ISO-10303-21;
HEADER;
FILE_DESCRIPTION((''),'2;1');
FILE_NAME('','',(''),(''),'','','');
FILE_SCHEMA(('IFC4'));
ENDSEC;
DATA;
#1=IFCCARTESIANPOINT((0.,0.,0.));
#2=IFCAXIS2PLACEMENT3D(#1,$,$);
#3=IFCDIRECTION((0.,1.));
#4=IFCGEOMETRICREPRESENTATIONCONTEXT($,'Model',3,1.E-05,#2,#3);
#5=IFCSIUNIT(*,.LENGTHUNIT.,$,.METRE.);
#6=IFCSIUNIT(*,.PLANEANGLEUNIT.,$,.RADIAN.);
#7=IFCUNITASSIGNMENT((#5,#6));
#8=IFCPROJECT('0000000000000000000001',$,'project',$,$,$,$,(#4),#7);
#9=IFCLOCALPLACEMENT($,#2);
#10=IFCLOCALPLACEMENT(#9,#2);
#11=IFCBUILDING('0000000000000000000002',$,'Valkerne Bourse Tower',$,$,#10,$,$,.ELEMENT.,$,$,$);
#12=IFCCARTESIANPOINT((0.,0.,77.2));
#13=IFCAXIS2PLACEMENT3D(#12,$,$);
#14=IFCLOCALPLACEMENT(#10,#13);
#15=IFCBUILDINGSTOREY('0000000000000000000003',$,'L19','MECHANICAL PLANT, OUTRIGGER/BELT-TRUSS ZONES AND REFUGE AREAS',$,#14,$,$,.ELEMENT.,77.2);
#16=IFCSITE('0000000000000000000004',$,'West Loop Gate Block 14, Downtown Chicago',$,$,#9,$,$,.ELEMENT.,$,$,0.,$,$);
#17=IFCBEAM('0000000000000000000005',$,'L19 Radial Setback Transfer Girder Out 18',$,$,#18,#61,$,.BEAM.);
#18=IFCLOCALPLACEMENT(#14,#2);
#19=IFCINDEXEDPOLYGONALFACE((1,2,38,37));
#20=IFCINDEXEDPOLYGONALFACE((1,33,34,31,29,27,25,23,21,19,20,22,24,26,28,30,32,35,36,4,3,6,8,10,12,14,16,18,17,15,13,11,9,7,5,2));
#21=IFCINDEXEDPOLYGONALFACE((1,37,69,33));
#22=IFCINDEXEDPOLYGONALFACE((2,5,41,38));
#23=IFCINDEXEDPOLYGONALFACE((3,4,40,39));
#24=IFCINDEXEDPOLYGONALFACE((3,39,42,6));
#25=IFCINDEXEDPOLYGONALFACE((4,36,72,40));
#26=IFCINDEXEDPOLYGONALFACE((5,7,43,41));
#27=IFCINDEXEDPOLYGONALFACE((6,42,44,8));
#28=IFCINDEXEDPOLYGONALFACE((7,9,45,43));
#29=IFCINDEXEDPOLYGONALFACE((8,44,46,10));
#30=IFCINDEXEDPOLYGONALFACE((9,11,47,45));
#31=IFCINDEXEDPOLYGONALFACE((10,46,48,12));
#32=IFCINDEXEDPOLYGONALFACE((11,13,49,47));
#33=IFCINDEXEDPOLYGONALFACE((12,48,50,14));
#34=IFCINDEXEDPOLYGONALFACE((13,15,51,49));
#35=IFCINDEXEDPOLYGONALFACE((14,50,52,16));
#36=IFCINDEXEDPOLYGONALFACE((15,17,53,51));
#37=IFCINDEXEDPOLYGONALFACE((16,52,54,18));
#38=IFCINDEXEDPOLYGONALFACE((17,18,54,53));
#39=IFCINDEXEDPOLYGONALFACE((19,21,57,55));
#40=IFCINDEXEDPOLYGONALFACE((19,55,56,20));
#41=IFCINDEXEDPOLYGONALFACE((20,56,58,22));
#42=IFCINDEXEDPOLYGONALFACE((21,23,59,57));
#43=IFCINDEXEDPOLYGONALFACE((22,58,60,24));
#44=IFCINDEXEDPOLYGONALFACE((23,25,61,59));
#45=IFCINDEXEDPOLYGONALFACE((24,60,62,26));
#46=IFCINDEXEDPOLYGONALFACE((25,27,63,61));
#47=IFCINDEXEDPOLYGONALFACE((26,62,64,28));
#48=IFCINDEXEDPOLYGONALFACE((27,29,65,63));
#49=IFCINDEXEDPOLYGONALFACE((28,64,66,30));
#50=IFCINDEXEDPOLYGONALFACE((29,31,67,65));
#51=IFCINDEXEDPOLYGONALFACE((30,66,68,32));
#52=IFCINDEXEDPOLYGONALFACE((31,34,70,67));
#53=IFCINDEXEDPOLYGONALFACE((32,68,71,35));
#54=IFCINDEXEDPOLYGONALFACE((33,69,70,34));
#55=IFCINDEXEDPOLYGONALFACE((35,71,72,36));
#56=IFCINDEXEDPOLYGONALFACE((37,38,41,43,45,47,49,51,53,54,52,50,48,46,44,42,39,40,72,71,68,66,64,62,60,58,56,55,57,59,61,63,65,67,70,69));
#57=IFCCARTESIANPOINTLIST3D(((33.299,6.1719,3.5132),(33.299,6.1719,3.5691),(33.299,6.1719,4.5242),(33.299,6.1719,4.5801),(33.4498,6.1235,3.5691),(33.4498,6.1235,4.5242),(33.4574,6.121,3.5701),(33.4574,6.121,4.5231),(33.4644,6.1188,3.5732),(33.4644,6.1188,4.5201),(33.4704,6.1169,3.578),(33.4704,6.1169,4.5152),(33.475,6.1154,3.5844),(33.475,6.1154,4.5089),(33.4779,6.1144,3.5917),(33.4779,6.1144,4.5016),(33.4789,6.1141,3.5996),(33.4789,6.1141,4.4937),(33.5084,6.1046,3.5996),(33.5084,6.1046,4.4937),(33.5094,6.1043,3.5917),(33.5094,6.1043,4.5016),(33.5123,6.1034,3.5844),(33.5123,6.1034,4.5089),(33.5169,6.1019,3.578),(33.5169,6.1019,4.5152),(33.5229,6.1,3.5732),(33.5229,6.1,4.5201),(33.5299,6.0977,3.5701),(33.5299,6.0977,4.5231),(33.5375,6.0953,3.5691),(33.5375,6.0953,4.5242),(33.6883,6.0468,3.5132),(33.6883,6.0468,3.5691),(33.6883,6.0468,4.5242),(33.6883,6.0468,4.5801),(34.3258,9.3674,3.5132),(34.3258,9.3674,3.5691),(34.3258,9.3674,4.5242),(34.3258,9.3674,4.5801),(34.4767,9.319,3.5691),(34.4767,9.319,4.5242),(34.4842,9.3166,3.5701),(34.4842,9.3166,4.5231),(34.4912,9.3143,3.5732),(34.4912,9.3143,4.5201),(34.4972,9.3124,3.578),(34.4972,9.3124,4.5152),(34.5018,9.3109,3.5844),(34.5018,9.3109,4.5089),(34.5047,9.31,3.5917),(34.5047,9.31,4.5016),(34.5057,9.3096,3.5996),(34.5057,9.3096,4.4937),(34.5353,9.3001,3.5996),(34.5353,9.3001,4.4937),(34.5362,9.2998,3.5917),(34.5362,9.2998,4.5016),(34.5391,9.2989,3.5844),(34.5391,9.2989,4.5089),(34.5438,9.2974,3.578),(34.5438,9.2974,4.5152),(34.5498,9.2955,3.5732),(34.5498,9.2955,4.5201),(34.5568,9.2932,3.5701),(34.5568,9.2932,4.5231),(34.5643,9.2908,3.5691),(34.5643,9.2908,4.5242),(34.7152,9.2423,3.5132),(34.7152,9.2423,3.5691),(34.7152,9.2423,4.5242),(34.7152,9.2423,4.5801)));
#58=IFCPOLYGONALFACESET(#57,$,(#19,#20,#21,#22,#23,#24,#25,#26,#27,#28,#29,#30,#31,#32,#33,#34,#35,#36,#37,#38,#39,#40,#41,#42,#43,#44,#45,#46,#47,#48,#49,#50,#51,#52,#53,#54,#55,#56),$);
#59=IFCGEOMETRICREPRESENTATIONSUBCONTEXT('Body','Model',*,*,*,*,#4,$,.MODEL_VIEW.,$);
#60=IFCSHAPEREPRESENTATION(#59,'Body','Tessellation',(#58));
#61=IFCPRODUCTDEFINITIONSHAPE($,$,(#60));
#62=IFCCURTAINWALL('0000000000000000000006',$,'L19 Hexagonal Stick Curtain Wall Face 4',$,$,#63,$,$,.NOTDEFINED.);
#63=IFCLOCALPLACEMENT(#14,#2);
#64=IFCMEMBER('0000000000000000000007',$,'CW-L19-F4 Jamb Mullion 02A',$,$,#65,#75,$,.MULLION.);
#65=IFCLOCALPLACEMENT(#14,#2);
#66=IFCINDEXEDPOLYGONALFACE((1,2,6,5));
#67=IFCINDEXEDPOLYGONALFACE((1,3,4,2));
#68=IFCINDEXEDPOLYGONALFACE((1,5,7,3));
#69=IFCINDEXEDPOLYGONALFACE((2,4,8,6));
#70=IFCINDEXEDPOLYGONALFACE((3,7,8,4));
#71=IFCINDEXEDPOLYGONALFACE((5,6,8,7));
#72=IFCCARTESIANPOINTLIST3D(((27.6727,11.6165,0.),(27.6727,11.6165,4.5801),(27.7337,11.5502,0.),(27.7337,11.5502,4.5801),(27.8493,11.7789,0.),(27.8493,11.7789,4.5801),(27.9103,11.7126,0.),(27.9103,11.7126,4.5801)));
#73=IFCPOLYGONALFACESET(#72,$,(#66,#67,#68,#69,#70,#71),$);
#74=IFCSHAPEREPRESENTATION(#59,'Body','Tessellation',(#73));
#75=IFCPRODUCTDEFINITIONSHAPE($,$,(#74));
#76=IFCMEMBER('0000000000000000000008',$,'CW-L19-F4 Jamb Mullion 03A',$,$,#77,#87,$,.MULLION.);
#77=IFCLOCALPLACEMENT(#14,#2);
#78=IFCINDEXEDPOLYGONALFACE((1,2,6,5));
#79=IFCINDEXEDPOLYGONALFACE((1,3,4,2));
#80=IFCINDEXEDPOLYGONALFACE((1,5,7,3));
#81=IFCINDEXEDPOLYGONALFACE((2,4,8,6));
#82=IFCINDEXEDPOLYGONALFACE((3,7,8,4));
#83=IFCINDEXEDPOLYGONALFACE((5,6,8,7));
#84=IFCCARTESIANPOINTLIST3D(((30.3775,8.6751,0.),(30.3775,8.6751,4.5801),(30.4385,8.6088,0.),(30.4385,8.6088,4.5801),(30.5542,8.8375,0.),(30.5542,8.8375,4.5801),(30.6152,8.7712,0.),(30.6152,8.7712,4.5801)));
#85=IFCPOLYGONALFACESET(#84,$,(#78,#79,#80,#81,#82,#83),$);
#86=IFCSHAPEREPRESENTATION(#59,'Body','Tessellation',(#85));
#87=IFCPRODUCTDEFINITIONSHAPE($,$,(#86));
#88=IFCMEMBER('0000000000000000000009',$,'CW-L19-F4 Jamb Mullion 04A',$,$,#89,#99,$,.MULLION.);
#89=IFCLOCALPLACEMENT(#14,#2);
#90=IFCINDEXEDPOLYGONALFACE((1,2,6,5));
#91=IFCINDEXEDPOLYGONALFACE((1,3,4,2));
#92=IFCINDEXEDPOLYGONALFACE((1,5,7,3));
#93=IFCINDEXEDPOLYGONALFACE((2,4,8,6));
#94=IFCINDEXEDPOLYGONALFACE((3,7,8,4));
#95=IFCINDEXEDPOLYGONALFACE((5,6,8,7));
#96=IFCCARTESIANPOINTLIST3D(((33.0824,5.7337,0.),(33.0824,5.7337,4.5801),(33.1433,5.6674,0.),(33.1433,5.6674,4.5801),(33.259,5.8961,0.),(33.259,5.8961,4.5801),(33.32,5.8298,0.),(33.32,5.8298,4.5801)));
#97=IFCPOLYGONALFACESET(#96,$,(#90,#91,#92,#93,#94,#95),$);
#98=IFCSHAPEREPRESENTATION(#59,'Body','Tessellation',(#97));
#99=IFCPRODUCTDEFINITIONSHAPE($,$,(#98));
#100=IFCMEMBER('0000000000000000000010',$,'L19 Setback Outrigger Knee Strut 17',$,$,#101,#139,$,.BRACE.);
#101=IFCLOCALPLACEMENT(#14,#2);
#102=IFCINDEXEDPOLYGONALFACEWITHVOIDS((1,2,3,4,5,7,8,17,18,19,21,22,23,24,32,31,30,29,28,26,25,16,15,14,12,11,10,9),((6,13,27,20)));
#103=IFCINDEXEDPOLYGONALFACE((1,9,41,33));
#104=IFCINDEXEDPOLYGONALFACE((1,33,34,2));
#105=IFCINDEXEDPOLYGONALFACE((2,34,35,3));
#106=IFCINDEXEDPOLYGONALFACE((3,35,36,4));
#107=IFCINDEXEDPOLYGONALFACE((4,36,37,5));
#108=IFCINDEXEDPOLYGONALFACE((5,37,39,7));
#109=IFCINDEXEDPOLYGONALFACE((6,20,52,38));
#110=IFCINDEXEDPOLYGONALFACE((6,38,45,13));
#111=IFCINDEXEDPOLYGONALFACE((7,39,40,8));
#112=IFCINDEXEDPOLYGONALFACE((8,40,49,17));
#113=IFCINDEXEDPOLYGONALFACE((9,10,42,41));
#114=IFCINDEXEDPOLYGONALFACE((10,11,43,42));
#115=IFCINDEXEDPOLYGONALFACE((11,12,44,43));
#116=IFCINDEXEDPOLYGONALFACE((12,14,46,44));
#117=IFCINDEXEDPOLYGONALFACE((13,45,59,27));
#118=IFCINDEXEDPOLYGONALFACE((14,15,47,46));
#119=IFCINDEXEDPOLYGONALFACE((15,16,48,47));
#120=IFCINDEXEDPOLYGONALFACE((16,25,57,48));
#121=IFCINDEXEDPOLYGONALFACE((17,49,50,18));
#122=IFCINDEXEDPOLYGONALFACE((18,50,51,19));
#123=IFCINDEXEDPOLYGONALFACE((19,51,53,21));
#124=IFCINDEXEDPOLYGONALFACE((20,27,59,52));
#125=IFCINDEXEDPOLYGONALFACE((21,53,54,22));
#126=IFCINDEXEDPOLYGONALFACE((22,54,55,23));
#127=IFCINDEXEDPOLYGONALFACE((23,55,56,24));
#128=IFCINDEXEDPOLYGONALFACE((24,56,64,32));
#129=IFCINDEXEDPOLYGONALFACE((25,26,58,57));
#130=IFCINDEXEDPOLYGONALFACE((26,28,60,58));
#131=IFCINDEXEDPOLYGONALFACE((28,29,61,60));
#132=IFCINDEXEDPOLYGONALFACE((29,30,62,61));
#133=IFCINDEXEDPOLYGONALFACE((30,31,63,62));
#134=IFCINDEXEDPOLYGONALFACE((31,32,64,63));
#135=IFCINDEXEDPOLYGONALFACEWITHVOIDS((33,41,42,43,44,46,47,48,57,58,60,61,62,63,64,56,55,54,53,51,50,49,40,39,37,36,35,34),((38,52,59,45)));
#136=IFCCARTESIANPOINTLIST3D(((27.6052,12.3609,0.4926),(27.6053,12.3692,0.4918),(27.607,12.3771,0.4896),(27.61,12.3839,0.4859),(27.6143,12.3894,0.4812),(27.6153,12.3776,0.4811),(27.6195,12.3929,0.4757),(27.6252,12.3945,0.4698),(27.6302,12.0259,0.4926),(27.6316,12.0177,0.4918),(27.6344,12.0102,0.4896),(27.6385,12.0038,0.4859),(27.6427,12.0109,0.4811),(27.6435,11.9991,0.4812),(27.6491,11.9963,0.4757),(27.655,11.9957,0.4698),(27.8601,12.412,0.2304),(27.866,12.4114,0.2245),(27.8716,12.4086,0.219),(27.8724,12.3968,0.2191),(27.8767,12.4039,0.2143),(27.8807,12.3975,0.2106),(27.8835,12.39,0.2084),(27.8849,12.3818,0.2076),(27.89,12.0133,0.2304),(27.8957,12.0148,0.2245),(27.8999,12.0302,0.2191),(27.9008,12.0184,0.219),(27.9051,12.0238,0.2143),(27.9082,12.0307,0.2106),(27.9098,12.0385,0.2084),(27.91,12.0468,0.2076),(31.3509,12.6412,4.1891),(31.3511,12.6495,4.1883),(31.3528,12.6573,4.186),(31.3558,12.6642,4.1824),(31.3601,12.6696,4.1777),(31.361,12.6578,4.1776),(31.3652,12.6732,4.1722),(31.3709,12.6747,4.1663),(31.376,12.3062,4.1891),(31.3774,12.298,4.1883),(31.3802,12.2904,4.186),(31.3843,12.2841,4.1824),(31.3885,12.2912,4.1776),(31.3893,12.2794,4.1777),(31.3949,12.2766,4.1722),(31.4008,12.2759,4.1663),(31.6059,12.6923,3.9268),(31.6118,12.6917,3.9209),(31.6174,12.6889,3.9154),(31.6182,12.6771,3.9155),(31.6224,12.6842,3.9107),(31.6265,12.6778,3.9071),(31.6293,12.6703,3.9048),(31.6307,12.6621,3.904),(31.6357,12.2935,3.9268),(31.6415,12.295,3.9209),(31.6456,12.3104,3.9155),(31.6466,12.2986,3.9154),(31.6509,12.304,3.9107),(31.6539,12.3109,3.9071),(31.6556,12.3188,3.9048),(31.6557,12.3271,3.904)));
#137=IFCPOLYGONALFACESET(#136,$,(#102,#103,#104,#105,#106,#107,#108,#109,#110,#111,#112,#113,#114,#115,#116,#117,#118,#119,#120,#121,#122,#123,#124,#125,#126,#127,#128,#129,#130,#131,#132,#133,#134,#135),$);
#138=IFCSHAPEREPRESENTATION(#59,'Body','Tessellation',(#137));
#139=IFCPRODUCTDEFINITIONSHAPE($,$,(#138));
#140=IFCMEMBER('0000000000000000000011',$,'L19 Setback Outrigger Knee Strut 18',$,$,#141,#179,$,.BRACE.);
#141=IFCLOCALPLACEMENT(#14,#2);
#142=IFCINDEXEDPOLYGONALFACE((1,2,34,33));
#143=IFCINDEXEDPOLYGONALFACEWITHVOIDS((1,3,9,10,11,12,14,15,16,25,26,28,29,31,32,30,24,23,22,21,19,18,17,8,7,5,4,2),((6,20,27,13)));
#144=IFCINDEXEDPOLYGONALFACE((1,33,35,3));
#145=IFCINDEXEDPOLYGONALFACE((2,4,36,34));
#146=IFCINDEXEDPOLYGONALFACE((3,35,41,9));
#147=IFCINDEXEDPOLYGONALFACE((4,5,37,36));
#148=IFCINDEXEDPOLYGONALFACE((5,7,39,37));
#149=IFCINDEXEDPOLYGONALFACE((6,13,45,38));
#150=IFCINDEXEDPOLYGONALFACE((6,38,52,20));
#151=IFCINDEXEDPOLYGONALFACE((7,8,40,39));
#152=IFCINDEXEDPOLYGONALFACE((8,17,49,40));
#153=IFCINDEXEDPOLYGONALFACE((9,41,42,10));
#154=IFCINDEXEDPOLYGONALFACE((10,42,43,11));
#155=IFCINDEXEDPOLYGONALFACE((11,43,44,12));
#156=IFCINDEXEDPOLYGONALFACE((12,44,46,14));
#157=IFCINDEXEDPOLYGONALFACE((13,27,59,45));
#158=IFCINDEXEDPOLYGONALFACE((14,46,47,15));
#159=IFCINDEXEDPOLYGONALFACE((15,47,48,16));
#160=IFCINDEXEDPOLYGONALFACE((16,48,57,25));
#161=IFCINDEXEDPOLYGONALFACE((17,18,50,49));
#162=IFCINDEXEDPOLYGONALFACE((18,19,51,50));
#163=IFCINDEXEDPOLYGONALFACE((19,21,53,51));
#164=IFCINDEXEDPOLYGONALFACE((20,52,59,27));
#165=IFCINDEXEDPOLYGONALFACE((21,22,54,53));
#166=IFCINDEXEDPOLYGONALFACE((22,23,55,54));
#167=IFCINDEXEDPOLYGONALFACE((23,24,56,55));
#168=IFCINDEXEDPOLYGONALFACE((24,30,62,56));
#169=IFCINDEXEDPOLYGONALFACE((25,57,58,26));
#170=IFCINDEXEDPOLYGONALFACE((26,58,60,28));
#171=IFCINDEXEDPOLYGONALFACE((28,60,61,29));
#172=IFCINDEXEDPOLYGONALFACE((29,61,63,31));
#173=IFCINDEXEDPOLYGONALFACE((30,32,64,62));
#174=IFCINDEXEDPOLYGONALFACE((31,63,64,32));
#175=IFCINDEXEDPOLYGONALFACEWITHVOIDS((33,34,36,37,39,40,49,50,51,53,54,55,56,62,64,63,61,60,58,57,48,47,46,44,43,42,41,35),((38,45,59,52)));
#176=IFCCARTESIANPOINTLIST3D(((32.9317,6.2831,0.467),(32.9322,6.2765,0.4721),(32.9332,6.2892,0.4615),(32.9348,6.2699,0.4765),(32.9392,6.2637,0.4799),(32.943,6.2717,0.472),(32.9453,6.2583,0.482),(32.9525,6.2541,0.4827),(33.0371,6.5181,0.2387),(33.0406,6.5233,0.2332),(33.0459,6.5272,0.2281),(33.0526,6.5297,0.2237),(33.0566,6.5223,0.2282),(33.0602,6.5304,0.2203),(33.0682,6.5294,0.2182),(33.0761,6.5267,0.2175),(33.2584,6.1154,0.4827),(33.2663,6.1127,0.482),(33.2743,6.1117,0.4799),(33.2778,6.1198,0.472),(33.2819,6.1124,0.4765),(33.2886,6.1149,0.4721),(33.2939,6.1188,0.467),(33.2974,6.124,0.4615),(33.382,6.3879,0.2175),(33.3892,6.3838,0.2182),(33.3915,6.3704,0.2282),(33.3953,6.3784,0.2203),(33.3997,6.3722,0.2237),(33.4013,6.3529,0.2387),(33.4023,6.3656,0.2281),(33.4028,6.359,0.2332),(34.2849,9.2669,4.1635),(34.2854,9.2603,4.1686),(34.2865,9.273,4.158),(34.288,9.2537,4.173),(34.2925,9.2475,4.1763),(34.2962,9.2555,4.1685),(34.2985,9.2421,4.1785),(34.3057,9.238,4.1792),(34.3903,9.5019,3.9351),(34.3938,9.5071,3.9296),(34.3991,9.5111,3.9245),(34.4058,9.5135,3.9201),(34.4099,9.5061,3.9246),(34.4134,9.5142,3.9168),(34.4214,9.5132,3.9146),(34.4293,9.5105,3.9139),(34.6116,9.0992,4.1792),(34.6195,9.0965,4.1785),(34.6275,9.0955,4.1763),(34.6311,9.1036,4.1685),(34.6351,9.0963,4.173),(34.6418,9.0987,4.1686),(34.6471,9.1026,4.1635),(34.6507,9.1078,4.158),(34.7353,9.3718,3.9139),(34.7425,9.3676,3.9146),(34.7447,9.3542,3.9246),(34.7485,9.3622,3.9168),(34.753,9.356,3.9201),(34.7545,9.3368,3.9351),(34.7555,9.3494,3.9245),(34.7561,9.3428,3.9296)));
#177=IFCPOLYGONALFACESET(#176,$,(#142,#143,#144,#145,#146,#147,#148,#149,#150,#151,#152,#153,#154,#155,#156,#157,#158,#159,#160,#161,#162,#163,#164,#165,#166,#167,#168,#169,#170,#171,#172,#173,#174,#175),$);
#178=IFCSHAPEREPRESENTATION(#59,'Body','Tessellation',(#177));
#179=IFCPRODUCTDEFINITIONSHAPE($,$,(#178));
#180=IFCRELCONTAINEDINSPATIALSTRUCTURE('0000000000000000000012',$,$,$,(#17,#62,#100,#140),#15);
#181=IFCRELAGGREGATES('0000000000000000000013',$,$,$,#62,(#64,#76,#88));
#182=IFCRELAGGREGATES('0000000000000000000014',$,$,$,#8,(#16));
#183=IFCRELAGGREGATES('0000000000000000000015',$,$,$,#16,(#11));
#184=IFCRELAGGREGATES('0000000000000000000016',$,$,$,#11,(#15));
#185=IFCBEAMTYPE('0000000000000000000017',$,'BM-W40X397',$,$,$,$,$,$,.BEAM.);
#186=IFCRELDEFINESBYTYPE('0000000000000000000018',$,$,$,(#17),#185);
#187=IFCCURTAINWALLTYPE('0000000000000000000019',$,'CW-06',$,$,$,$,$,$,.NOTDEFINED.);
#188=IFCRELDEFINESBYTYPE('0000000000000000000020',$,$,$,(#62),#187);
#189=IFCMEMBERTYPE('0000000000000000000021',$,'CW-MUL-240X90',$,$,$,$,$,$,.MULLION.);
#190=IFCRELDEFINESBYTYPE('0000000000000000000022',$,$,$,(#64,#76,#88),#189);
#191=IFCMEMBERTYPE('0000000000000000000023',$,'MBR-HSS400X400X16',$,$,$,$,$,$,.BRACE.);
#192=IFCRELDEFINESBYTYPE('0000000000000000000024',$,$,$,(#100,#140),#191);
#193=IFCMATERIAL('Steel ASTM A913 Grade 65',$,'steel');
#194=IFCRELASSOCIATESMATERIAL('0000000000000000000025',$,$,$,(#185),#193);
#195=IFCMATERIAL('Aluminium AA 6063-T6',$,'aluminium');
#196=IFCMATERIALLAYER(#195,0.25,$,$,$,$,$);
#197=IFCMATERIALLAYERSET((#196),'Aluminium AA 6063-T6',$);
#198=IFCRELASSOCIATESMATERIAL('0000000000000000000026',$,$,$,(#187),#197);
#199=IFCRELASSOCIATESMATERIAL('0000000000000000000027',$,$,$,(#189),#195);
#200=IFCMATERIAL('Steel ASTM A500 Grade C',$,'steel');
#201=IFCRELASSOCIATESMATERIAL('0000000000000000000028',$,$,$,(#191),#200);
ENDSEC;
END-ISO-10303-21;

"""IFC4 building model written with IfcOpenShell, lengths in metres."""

from ifc_helpers import new_model, si_unit, direction, frame, origin, origin_2d, place, context, subcontext, project, spatial, rectangle, hollow_rectangle, i_section, extrude, material, layer, layer_set, material_profile, profile_set, type_object, element, aggregate, save


model = new_model("IFC4")

# Units and contexts
model_context = context("Model", 3, precision=1e-05, world=origin(), true_north=direction((0.0, 1.0)))
body_context = subcontext(model_context, "Body", "Model", "MODEL_VIEW")
ifc_project = project(units=[si_unit("LENGTHUNIT", "METRE"), si_unit("PLANEANGLEUNIT", "RADIAN")], contexts=[model_context])

# Site, building, storey
site_placement = place(None, origin())
site = spatial("IfcSite", under=ifc_project, at=site_placement, Name="West Loop Gate Block 14, Downtown Chicago", CompositionType="ELEMENT", RefElevation=0.0)
building_placement = place(site_placement, origin())
building = spatial("IfcBuilding", under=site, at=building_placement, Name="Valkerne Bourse Tower", CompositionType="ELEMENT")
storey_placement = place(building_placement, frame((0.0, 0.0, 77.2)))
storey = spatial("IfcBuildingStorey", under=building, at=storey_placement, Name="L19", Description="MECHANICAL PLANT, OUTRIGGER/BELT-TRUSS ZONES AND REFUGE AREAS", CompositionType="ELEMENT", Elevation=77.2)

# Shared definitions
ifc_material_1 = material(Name="Steel ASTM A913 Grade 65", Category="steel")

# Beam
ifc_material_profile_1 = material_profile(ifc_material_1, i_section(OverallWidth=0.4089, OverallDepth=1.0669, WebThickness=0.031, FlangeThickness=0.0559, FilletRadius=0.0305, at=origin_2d()), Name="W40X397")
ifc_profile_set_1 = profile_set([ifc_material_profile_1], Name="Steel ASTM A913 Grade 65")
beam_type_1 = type_object("IfcBeamType", Name="BM-W40X397", PredefinedType="BEAM", material=ifc_profile_set_1)
beam_1_placement = place(storey_placement, frame((33.4937, 6.1094, 4.0466), z_axis=(0.305931, 0.952054, 0.0), x_axis=(-0.952054, 0.305931, 0.0)))
element("IfcBeam", 1, at=beam_1_placement, inside=storey, type_object=beam_type_1, Name="L19 Radial Setback Transfer Girder Out 18", PredefinedType="BEAM", context=body_context, shape_type="SweptSolid", body=[
    extrude(i_section(OverallWidth=0.4089, OverallDepth=1.0669, WebThickness=0.031, FlangeThickness=0.0559, FilletRadius=0.0305, at=origin_2d()), origin(), (0.0, 0.0, 1.0), 3.3564),
])

# Curtain wall, members
ifc_material_2 = material(Name="Aluminium AA 6063-T6", Category="aluminium")
ifc_layer_1 = layer(ifc_material_2, 0.25)
ifc_layer_set_1 = layer_set([ifc_layer_1], Name="Aluminium AA 6063-T6")
curtain_wall_type = type_object("IfcCurtainWallType", Name="CW-06", PredefinedType="NOTDEFINED", material=ifc_layer_set_1)
curtain_wall_placement = place(storey_placement, origin())
curtain_wall = element("IfcCurtainWall", 2, at=curtain_wall_placement, inside=storey, type_object=curtain_wall_type, Name="L19 Hexagonal Stick Curtain Wall Face 4", PredefinedType="NOTDEFINED")
ifc_material_profile_2 = material_profile(ifc_material_2, rectangle(XDim=0.0901, YDim=0.24, at=origin_2d()), Name="CWM-90X240")
ifc_profile_set_2 = profile_set([ifc_material_profile_2], Name="Aluminium AA 6063-T6")
member_type_1 = type_object("IfcMemberType", Name="CW-MUL-240X90", PredefinedType="MULLION", material=ifc_profile_set_2)
member_1_placement = place(storey_placement, frame((27.7915, 11.6646, 0.0), z_axis=(0.0, 0.0, 1.0), x_axis=(0.676882, -0.736092, 0.0)))
member_1 = element("IfcMember", 3, at=member_1_placement, type_object=member_type_1, Name="CW-L19-F4 Jamb Mullion 02A", PredefinedType="MULLION", context=body_context, shape_type="SweptSolid", body=[
    extrude(rectangle(XDim=0.0901, YDim=0.24, at=origin_2d()), origin(), (0.0, 0.0, 1.0), 4.5801),
])
member_2_placement = place(storey_placement, frame((30.4963, 8.7231, 0.0), z_axis=(0.0, 0.0, 1.0), x_axis=(0.676869, -0.736103, 0.0)))
member_2 = element("IfcMember", 4, at=member_2_placement, type_object=member_type_1, Name="CW-L19-F4 Jamb Mullion 03A", PredefinedType="MULLION", context=body_context, shape_type="SweptSolid", body=[
    extrude(rectangle(XDim=0.0901, YDim=0.24, at=origin_2d()), origin(), (0.0, 0.0, 1.0), 4.5801),
])
member_3_placement = place(storey_placement, frame((33.2012, 5.7817, 0.0), z_axis=(0.0, 0.0, 1.0), x_axis=(0.676882, -0.736092, 0.0)))
member_3 = element("IfcMember", 5, at=member_3_placement, type_object=member_type_1, Name="CW-L19-F4 Jamb Mullion 04A", PredefinedType="MULLION", context=body_context, shape_type="SweptSolid", body=[
    extrude(rectangle(XDim=0.0901, YDim=0.24, at=origin_2d()), origin(), (0.0, 0.0, 1.0), 4.5801),
])

# Members
ifc_material_3 = material(Name="Steel ASTM A500 Grade C", Category="steel")
ifc_material_profile_3 = material_profile(ifc_material_3, hollow_rectangle(XDim=0.3999, YDim=0.3999, WallThickness=0.0161, OuterFilletRadius=0.032, at=origin_2d()), Name="HSS400X400X16")
ifc_profile_set_3 = profile_set([ifc_material_profile_3], Name="Steel ASTM A500 Grade C")
member_type_2 = type_object("IfcMemberType", Name="MBR-HSS400X400X16", PredefinedType="BRACE", material=ifc_profile_set_3)
member_4_placement = place(storey_placement, frame((27.7576, 12.2039, 0.3501), z_axis=(0.710769, 0.053181, 0.701412), x_axis=(-0.074614, 0.997213, 0.0)))
element("IfcMember", 6, at=member_4_placement, inside=storey, type_object=member_type_2, Name="L19 Setback Outrigger Knee Strut 17", PredefinedType="BRACE", context=body_context, shape_type="SweptSolid", body=[
    extrude(hollow_rectangle(XDim=0.3999, YDim=0.3999, WallThickness=0.0161, OuterFilletRadius=0.032, at=origin_2d()), origin(), (0.0, 0.0, 1.0), 5.27),
])
member_5_placement = place(storey_placement, frame((33.1672, 6.321, 0.3501), z_axis=(0.273966, 0.604079, 0.748352), x_axis=(-0.910716, 0.413034, 0.0)))
element("IfcMember", 7, at=member_5_placement, inside=storey, type_object=member_type_2, Name="L19 Setback Outrigger Knee Strut 18", PredefinedType="BRACE", context=body_context, shape_type="SweptSolid", body=[
    extrude(hollow_rectangle(XDim=0.3999, YDim=0.3999, WallThickness=0.0161, OuterFilletRadius=0.032, at=origin_2d()), origin(), (0.0, 0.0, 1.0), 4.9395),
])

aggregate(curtain_wall, [member_1, member_2, member_3])

save(model, "model.ifc")
